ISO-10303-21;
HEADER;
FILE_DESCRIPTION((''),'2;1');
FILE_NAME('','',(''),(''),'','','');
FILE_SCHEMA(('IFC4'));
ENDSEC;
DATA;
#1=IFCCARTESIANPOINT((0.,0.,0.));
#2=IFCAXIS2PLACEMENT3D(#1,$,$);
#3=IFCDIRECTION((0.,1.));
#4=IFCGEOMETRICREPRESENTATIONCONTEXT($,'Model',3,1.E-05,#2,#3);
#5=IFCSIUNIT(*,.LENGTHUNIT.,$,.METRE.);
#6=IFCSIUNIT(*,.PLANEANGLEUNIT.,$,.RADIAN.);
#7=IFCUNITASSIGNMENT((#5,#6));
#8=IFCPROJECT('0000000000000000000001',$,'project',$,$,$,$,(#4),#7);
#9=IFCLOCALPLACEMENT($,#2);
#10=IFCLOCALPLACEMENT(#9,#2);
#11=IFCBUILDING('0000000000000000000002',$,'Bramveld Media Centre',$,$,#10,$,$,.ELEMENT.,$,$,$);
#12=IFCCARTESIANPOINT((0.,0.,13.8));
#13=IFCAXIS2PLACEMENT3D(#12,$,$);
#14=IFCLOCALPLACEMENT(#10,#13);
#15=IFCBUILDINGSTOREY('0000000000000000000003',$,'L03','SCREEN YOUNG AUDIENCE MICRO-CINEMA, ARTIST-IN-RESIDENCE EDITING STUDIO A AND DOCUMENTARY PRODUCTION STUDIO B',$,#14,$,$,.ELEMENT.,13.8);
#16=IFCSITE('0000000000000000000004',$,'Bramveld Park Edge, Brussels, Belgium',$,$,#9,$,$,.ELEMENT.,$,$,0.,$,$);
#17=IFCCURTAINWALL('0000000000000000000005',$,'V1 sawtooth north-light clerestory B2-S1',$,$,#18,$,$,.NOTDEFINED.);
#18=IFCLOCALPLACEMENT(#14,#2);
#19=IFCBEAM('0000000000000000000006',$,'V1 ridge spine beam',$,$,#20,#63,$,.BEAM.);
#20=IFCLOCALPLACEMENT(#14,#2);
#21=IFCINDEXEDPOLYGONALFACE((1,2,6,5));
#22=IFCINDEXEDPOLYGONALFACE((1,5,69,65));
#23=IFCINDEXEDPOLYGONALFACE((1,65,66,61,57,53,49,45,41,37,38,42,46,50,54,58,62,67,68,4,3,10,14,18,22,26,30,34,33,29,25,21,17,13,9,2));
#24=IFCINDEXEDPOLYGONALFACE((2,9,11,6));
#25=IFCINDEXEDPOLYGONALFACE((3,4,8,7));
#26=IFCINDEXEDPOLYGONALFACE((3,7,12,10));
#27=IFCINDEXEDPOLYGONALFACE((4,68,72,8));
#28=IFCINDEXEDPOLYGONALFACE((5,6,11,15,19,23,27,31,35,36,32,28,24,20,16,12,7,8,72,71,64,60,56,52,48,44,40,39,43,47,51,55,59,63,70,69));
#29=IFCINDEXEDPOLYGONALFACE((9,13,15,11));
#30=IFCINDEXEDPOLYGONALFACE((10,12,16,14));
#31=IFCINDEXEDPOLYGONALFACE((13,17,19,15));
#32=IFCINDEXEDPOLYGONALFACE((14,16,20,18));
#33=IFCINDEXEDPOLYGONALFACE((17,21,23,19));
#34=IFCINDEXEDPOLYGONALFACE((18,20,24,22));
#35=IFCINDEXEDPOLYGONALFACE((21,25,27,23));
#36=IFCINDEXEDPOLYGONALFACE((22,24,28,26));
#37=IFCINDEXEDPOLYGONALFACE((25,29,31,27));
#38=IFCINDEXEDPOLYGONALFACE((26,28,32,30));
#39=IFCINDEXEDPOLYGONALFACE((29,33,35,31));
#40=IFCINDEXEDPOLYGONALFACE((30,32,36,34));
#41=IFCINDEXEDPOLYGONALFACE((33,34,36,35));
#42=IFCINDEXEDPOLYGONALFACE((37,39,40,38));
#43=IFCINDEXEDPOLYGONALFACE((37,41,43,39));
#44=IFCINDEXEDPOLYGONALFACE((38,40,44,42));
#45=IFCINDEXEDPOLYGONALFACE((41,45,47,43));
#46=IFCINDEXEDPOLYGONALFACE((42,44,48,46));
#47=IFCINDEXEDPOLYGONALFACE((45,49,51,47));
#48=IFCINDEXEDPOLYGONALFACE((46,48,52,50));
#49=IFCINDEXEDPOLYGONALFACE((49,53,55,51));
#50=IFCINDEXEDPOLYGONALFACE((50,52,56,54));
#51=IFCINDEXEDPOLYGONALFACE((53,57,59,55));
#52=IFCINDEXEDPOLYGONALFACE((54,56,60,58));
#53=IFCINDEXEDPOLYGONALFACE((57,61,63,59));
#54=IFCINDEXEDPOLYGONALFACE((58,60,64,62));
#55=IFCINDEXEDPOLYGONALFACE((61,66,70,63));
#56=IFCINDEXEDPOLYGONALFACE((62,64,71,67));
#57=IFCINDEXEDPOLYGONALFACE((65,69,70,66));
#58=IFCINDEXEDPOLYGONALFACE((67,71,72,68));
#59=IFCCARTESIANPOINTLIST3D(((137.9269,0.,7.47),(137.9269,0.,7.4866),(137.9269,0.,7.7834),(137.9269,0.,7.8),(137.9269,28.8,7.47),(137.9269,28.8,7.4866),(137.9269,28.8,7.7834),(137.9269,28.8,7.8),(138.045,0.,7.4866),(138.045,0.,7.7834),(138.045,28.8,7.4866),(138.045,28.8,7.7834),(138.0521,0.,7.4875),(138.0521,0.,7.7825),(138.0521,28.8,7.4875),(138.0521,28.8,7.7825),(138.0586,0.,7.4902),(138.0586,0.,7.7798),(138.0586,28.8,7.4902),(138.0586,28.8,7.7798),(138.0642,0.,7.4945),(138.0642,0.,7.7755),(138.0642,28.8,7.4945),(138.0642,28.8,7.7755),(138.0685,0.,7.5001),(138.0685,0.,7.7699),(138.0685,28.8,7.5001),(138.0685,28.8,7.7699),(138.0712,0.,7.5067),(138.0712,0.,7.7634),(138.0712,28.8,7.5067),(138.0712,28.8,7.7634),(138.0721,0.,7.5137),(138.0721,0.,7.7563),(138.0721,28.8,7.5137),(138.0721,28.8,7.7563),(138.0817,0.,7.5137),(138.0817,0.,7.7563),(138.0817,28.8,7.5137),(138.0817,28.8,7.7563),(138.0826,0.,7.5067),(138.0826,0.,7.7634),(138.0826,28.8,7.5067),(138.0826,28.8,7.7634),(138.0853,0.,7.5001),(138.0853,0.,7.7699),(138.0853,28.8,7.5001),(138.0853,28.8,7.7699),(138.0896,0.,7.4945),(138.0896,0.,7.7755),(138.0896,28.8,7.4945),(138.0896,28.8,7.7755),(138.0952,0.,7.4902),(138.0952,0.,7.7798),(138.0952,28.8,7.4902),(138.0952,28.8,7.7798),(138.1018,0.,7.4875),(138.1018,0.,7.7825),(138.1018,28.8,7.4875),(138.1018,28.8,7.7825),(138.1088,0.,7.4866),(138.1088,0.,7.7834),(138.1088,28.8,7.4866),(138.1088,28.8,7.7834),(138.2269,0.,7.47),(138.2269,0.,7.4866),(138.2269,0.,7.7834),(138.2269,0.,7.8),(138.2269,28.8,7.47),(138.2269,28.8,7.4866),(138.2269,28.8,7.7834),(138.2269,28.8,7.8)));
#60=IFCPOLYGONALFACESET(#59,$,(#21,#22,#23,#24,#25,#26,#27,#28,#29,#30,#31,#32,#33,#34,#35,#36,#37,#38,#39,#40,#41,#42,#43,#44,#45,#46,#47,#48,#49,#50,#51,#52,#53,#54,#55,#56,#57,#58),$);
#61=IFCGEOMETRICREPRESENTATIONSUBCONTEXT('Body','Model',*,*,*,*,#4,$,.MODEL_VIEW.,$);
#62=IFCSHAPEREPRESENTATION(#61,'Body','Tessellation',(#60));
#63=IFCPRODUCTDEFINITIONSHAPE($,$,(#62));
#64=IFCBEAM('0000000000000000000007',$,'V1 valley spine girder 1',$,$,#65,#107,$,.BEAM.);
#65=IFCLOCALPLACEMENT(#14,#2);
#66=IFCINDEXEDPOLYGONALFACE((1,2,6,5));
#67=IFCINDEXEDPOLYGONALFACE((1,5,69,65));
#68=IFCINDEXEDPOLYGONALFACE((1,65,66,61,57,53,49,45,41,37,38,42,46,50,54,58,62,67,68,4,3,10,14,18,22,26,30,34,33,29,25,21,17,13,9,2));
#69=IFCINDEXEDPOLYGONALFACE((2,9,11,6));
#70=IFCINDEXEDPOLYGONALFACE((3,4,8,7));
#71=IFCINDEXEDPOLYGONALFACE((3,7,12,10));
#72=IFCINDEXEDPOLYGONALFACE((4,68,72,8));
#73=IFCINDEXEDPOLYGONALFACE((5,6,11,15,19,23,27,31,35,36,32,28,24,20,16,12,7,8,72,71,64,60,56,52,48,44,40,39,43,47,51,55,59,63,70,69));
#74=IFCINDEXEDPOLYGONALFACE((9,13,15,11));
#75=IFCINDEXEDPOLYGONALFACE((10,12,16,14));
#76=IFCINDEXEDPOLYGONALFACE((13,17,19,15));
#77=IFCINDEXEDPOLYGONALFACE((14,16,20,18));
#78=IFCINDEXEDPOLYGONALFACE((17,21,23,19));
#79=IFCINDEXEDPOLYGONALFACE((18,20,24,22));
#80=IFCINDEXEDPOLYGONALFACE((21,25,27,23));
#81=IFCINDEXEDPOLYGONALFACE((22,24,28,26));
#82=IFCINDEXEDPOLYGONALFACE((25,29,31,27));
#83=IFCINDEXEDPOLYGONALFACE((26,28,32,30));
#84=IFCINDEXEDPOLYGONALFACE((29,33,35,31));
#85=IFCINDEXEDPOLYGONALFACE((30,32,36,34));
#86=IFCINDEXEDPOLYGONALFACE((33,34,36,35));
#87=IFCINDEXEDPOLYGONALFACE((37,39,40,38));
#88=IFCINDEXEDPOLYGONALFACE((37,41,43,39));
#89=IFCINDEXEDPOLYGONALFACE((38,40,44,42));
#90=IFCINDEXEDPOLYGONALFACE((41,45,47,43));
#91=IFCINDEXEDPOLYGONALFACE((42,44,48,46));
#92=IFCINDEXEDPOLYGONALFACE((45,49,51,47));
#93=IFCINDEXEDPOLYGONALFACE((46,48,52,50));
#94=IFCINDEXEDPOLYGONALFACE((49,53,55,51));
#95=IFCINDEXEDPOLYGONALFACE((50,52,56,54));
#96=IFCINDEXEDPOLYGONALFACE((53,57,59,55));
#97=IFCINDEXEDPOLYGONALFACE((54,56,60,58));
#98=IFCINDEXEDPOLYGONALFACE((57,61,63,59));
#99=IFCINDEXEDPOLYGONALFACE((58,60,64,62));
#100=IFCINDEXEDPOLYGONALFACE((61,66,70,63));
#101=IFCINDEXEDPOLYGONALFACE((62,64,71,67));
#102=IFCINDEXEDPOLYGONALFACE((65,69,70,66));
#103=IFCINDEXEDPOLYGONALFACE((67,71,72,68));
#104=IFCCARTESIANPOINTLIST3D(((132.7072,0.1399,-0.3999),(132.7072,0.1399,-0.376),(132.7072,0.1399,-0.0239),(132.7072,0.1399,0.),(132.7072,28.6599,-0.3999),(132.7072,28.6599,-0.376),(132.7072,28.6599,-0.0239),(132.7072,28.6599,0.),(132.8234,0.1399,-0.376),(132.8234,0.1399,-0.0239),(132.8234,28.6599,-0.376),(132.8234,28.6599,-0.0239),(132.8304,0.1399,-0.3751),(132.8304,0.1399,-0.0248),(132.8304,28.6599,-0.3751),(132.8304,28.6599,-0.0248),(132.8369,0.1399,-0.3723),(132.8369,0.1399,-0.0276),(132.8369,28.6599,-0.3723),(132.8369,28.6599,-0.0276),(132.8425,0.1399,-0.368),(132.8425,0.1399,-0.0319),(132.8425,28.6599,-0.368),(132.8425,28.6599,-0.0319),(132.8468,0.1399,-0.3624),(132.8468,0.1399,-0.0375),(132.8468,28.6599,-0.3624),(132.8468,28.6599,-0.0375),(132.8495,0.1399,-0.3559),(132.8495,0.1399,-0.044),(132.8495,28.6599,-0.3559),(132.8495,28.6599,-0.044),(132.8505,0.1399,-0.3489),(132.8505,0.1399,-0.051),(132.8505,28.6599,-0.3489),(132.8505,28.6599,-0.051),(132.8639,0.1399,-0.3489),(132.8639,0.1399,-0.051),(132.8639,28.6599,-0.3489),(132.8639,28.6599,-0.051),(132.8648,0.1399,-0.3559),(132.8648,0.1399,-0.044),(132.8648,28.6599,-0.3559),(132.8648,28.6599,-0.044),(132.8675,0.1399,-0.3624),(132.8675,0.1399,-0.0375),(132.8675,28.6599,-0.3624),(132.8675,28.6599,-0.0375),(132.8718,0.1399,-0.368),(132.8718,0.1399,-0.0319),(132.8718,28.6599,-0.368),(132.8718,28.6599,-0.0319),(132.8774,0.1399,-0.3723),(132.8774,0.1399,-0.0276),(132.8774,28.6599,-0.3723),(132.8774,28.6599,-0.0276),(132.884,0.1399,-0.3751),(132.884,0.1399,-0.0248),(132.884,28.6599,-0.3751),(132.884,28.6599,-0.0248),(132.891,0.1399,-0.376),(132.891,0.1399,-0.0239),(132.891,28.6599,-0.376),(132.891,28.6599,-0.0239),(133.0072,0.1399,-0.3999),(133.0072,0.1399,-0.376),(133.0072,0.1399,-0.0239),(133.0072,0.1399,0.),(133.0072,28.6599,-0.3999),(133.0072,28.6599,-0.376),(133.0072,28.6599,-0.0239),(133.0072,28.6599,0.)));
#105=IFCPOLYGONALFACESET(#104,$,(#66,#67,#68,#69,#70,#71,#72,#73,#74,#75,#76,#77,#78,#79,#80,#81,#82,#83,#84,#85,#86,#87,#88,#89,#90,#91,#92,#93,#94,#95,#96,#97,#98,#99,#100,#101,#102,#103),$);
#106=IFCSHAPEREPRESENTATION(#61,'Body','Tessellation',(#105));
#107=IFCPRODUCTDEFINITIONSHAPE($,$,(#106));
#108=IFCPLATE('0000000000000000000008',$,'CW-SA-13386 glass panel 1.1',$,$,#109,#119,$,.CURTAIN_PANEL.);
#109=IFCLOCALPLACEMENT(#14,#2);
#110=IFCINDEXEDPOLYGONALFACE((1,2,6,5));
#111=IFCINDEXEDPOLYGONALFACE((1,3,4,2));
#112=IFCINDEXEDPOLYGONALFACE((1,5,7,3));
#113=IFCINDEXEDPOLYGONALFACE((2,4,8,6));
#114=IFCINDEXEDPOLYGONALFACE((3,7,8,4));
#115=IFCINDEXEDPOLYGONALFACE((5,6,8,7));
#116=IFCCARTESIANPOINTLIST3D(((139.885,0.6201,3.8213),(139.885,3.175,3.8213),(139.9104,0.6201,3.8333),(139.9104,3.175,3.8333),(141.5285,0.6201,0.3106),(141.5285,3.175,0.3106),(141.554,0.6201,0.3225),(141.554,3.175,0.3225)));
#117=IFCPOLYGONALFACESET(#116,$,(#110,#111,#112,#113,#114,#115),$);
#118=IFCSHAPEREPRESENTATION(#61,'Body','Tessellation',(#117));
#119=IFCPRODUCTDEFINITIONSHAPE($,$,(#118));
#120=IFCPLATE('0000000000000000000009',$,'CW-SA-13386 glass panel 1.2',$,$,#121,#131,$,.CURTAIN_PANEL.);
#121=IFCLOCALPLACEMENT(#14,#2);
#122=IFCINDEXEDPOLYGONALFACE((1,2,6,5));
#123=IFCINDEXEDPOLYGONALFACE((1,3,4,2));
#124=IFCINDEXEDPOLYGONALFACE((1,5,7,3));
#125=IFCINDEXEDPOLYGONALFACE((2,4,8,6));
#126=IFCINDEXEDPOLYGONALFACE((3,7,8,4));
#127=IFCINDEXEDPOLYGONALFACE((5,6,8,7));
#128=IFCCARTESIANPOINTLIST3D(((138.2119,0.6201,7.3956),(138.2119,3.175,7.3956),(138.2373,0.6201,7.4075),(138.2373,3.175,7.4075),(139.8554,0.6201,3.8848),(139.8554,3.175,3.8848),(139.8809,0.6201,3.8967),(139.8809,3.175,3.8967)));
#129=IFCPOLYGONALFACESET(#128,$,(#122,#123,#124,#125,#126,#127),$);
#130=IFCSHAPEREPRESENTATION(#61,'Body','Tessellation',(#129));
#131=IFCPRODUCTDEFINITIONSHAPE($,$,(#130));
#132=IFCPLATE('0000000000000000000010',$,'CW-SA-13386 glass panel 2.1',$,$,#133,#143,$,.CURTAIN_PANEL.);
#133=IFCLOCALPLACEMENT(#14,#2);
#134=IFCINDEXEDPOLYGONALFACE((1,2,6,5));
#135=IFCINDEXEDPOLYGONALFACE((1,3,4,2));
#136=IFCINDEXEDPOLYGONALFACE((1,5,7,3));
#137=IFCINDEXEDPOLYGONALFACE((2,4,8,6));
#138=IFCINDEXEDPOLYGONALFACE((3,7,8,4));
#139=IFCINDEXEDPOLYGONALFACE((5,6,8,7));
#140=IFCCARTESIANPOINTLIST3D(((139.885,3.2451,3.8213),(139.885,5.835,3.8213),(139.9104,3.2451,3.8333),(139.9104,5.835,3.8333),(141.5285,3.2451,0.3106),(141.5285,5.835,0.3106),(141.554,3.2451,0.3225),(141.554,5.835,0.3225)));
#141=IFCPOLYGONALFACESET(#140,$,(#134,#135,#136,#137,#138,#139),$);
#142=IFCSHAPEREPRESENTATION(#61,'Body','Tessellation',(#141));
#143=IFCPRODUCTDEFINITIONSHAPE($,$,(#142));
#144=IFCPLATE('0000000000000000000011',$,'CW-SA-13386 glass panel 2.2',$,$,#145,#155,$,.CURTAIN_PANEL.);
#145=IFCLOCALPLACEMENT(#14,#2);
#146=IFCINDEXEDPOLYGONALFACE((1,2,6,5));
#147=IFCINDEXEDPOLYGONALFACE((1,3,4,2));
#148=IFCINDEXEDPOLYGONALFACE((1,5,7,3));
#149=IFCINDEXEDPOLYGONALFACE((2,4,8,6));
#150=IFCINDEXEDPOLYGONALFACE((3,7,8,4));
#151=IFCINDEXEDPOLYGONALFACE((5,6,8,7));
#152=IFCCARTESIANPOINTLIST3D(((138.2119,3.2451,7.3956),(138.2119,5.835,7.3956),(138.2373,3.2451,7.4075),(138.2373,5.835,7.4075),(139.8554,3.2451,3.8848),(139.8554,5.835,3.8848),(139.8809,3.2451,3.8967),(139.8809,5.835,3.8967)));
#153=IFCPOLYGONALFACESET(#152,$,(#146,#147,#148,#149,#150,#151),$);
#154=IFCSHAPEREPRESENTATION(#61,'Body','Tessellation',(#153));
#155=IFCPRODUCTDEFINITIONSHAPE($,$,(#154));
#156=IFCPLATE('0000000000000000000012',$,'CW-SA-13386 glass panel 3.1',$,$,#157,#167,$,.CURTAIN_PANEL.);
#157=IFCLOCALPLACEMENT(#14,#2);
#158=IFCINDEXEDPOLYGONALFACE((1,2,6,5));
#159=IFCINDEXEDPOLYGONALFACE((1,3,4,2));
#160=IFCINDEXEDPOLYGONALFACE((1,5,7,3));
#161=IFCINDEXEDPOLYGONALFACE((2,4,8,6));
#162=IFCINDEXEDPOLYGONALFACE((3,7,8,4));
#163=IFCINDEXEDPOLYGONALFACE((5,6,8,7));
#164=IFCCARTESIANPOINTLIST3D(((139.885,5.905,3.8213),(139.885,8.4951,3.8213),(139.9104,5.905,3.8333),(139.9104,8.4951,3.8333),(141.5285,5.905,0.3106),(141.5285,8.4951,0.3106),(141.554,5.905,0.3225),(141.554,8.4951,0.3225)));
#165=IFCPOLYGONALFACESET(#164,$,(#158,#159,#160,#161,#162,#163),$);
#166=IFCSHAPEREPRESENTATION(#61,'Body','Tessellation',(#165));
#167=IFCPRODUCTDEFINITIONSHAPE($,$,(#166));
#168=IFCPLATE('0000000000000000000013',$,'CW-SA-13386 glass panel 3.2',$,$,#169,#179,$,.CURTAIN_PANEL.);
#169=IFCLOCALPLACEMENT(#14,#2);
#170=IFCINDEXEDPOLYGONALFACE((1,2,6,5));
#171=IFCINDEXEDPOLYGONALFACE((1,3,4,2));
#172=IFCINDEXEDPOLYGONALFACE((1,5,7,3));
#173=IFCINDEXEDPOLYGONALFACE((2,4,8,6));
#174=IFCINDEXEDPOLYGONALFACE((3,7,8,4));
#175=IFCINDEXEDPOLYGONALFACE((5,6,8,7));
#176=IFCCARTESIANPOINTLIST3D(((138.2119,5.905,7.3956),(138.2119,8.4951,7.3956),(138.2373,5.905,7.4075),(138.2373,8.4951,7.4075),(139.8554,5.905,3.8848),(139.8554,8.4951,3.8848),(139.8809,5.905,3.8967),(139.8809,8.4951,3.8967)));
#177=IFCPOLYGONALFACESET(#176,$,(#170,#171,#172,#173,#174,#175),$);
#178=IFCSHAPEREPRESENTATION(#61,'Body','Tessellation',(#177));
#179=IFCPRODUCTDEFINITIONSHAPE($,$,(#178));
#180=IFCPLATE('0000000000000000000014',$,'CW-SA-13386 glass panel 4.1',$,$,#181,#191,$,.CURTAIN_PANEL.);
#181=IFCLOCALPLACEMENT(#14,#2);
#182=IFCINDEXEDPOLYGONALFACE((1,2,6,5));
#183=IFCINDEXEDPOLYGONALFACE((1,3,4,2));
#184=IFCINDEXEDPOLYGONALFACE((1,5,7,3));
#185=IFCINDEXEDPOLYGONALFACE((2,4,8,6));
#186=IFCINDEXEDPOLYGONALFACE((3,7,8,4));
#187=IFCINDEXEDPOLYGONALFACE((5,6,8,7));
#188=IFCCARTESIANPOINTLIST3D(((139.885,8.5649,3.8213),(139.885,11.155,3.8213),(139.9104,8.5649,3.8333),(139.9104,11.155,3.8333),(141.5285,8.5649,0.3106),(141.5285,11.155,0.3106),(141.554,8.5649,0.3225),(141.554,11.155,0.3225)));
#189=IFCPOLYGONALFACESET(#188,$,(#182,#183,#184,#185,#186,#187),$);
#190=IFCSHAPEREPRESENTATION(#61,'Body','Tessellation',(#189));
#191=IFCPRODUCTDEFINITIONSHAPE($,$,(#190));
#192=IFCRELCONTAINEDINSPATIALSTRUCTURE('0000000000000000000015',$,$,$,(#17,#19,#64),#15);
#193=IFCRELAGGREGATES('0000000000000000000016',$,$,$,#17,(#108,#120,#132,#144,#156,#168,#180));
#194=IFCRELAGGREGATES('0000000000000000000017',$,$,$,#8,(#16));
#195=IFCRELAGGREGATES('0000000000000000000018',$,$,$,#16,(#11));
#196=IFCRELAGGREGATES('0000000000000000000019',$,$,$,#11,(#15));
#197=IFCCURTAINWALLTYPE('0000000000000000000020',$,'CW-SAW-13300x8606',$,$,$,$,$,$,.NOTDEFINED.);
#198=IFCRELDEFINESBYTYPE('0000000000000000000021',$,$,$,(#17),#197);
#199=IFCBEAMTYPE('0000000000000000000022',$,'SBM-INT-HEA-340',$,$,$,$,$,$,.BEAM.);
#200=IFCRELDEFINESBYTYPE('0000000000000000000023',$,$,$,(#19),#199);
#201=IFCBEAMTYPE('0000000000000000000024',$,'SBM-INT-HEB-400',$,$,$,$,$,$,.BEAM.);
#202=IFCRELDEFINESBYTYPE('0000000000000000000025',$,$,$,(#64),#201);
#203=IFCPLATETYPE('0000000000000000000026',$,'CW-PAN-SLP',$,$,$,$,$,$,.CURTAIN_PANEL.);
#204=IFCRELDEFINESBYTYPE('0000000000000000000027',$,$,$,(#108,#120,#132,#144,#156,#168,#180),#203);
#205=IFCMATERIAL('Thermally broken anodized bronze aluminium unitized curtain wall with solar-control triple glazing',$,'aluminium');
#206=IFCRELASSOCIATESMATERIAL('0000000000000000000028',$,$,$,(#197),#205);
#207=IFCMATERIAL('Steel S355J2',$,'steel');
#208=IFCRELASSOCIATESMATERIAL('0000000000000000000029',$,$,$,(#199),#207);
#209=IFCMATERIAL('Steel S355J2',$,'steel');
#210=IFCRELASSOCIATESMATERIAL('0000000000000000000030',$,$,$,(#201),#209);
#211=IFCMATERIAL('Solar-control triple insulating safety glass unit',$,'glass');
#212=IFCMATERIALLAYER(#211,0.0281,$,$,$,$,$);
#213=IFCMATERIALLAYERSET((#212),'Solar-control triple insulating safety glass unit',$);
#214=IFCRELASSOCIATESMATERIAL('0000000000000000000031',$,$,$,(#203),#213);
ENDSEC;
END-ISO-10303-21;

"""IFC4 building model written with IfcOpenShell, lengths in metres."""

from ifc_helpers import new_model, si_unit, direction, frame, origin, origin_2d, place, context, subcontext, project, spatial, polyline, i_section, outline, extrude, material, layer, layer_set, material_profile, profile_set, type_object, element, aggregate, save


model = new_model("IFC4")

# Units and contexts
model_context = context("Model", 3, precision=1e-05, world=origin(), true_north=direction((0.0, 1.0)))
body_context = subcontext(model_context, "Body", "Model", "MODEL_VIEW")
ifc_project = project(units=[si_unit("LENGTHUNIT", "METRE"), si_unit("PLANEANGLEUNIT", "RADIAN")], contexts=[model_context])

# Site, building, storey
site_placement = place(None, origin())
site = spatial("IfcSite", under=ifc_project, at=site_placement, Name="Bramveld Park Edge, Brussels, Belgium", CompositionType="ELEMENT", RefElevation=0.0)
building_placement = place(site_placement, origin())
building = spatial("IfcBuilding", under=site, at=building_placement, Name="Bramveld Media Centre", CompositionType="ELEMENT")
storey_placement = place(building_placement, frame((0.0, 0.0, 13.8)))
storey = spatial("IfcBuildingStorey", under=building, at=storey_placement, Name="L03", Description="SCREEN YOUNG AUDIENCE MICRO-CINEMA, ARTIST-IN-RESIDENCE EDITING STUDIO A AND DOCUMENTARY PRODUCTION STUDIO B", CompositionType="ELEMENT", Elevation=13.8)

# Curtain wall
ifc_material_1 = material(Name="Thermally broken anodized bronze aluminium unitized curtain wall with solar-control triple glazing", Category="aluminium")
curtain_wall_type = type_object("IfcCurtainWallType", Name="CW-SAW-13300x8606", PredefinedType="NOTDEFINED", material=ifc_material_1)
curtain_wall_1_placement = place(storey_placement, origin())
curtain_wall_1 = element("IfcCurtainWall", 1, at=curtain_wall_1_placement, inside=storey, type_object=curtain_wall_type, Name="V1 sawtooth north-light clerestory B2-S1", PredefinedType="NOTDEFINED")

# Beams
ifc_material_2 = material(Name="Steel S355J2", Category="steel")
ifc_material_profile_1 = material_profile(ifc_material_2, i_section(OverallWidth=0.3, OverallDepth=0.3301, WebThickness=0.0095, FlangeThickness=0.0166, FilletRadius=0.0271, at=origin_2d()), Name="HEA 340")
ifc_profile_set_1 = profile_set([ifc_material_profile_1], Name="Steel S355J2")
beam_type_1 = type_object("IfcBeamType", Name="SBM-INT-HEA-340", PredefinedType="BEAM", material=ifc_profile_set_1)
beam_1_placement = place(storey_placement, frame((138.0769, 0.0, 7.635), z_axis=(0.0, 1.0, 0.0), x_axis=(-1.0, 0.0, 0.0)))
element("IfcBeam", 2, at=beam_1_placement, inside=storey, type_object=beam_type_1, Name="V1 ridge spine beam", PredefinedType="BEAM", context=body_context, shape_type="SweptSolid", body=[
    extrude(i_section(OverallWidth=0.3, OverallDepth=0.3301, WebThickness=0.0095, FlangeThickness=0.0166, FilletRadius=0.0271, at=origin_2d()), origin(), (0.0, 0.0, 1.0), 28.8),
])
ifc_material_3 = material(Name="Steel S355J2", Category="steel")
ifc_material_profile_2 = material_profile(ifc_material_3, i_section(OverallWidth=0.3, OverallDepth=0.3999, WebThickness=0.0134, FlangeThickness=0.0239, FilletRadius=0.0271, at=origin_2d()), Name="HEB 400")
ifc_profile_set_2 = profile_set([ifc_material_profile_2], Name="Steel S355J2")
beam_type_2 = type_object("IfcBeamType", Name="SBM-INT-HEB-400", PredefinedType="BEAM", material=ifc_profile_set_2)
beam_2_placement = place(storey_placement, frame((132.8572, 0.1399, -0.2), z_axis=(0.0, 1.0, 0.0), x_axis=(-1.0, 0.0, 0.0)))
element("IfcBeam", 3, at=beam_2_placement, inside=storey, type_object=beam_type_2, Name="V1 valley spine girder 1", PredefinedType="BEAM", context=body_context, shape_type="SweptSolid", body=[
    extrude(i_section(OverallWidth=0.3, OverallDepth=0.3999, WebThickness=0.0134, FlangeThickness=0.0239, FilletRadius=0.0271, at=origin_2d()), origin(), (0.0, 0.0, 1.0), 28.52),
])

# Plates
ifc_material_4 = material(Name="Solar-control triple insulating safety glass unit", Category="glass")
ifc_layer_1 = layer(ifc_material_4, 0.0281)
ifc_layer_set_1 = layer_set([ifc_layer_1], Name="Solar-control triple insulating safety glass unit")
plate_type_1 = type_object("IfcPlateType", Name="CW-PAN-SLP", PredefinedType="CURTAIN_PANEL", material=ifc_layer_set_1)
plate_1_placement = place(storey_placement, frame((141.554, 0.6201, 0.3225), z_axis=(0.905668, 0.0, 0.423988), x_axis=(0.0, 1.0, 0.0)))
plate_1 = element("IfcPlate", 4, at=plate_1_placement, type_object=plate_type_1, Name="CW-SA-13386 glass panel 1.1", PredefinedType="CURTAIN_PANEL", context=body_context, shape_type="SweptSolid", body=[
    extrude(outline(polyline([(0.0, 0.0), (2.5549, 0.0), (2.5549, 3.8764), (0.0, 3.8764), (0.0, 0.0)])), origin(), (0.0, 0.0, -1.0), 0.0281),
])
plate_2_placement = place(storey_placement, frame((139.8809, 0.6201, 3.8967), z_axis=(0.905668, 0.0, 0.423988), x_axis=(0.0, 1.0, 0.0)))
plate_2 = element("IfcPlate", 5, at=plate_2_placement, type_object=plate_type_1, Name="CW-SA-13386 glass panel 1.2", PredefinedType="CURTAIN_PANEL", context=body_context, shape_type="SweptSolid", body=[
    extrude(outline(polyline([(0.0, 0.0), (2.5549, 0.0), (2.5549, 3.8764), (0.0, 3.8764), (0.0, 0.0)])), origin(), (0.0, 0.0, -1.0), 0.0281),
])
plate_3_placement = place(storey_placement, frame((141.554, 3.2451, 0.3225), z_axis=(0.905668, 0.0, 0.423988), x_axis=(0.0, 1.0, 0.0)))
plate_3 = element("IfcPlate", 6, at=plate_3_placement, type_object=plate_type_1, Name="CW-SA-13386 glass panel 2.1", PredefinedType="CURTAIN_PANEL", context=body_context, shape_type="SweptSolid", body=[
    extrude(outline(polyline([(0.0, 0.0), (2.5898, 0.0), (2.5898, 3.8764), (0.0, 3.8764), (0.0, 0.0)])), origin(), (0.0, 0.0, -1.0), 0.0281),
])
plate_4_placement = place(storey_placement, frame((139.8809, 3.2451, 3.8967), z_axis=(0.905668, 0.0, 0.423988), x_axis=(0.0, 1.0, 0.0)))
plate_4 = element("IfcPlate", 7, at=plate_4_placement, type_object=plate_type_1, Name="CW-SA-13386 glass panel 2.2", PredefinedType="CURTAIN_PANEL", context=body_context, shape_type="SweptSolid", body=[
    extrude(outline(polyline([(0.0, 0.0), (2.5898, 0.0), (2.5898, 3.8764), (0.0, 3.8764), (0.0, 0.0)])), origin(), (0.0, 0.0, -1.0), 0.0281),
])
plate_5_placement = place(storey_placement, frame((141.554, 5.905, 0.3225), z_axis=(0.905668, 0.0, 0.423988), x_axis=(0.0, 1.0, 0.0)))
plate_5 = element("IfcPlate", 8, at=plate_5_placement, type_object=plate_type_1, Name="CW-SA-13386 glass panel 3.1", PredefinedType="CURTAIN_PANEL", context=body_context, shape_type="SweptSolid", body=[
    extrude(outline(polyline([(0.0, 0.0), (2.5901, 0.0), (2.5901, 3.8764), (0.0, 3.8764), (0.0, 0.0)])), origin(), (0.0, 0.0, -1.0), 0.0281),
])
plate_6_placement = place(storey_placement, frame((139.8809, 5.905, 3.8967), z_axis=(0.905668, 0.0, 0.423988), x_axis=(0.0, 1.0, 0.0)))
plate_6 = element("IfcPlate", 9, at=plate_6_placement, type_object=plate_type_1, Name="CW-SA-13386 glass panel 3.2", PredefinedType="CURTAIN_PANEL", context=body_context, shape_type="SweptSolid", body=[
    extrude(outline(polyline([(0.0, 0.0), (2.5901, 0.0), (2.5901, 3.8764), (0.0, 3.8764), (0.0, 0.0)])), origin(), (0.0, 0.0, -1.0), 0.0281),
])
plate_7_placement = place(storey_placement, frame((141.554, 8.5649, 0.3225), z_axis=(0.905668, 0.0, 0.423988), x_axis=(0.0, 1.0, 0.0)))
plate_7 = element("IfcPlate", 10, at=plate_7_placement, type_object=plate_type_1, Name="CW-SA-13386 glass panel 4.1", PredefinedType="CURTAIN_PANEL", context=body_context, shape_type="SweptSolid", body=[
    extrude(outline(polyline([(0.0, 0.0), (2.5901, 0.0), (2.5901, 3.8764), (0.0, 3.8764), (0.0, 0.0)])), origin(), (0.0, 0.0, -1.0), 0.0281),
])
aggregate(curtain_wall_1, [plate_1, plate_2, plate_3, plate_4, plate_5, plate_6, plate_7])

save(model, "model.ifc")
